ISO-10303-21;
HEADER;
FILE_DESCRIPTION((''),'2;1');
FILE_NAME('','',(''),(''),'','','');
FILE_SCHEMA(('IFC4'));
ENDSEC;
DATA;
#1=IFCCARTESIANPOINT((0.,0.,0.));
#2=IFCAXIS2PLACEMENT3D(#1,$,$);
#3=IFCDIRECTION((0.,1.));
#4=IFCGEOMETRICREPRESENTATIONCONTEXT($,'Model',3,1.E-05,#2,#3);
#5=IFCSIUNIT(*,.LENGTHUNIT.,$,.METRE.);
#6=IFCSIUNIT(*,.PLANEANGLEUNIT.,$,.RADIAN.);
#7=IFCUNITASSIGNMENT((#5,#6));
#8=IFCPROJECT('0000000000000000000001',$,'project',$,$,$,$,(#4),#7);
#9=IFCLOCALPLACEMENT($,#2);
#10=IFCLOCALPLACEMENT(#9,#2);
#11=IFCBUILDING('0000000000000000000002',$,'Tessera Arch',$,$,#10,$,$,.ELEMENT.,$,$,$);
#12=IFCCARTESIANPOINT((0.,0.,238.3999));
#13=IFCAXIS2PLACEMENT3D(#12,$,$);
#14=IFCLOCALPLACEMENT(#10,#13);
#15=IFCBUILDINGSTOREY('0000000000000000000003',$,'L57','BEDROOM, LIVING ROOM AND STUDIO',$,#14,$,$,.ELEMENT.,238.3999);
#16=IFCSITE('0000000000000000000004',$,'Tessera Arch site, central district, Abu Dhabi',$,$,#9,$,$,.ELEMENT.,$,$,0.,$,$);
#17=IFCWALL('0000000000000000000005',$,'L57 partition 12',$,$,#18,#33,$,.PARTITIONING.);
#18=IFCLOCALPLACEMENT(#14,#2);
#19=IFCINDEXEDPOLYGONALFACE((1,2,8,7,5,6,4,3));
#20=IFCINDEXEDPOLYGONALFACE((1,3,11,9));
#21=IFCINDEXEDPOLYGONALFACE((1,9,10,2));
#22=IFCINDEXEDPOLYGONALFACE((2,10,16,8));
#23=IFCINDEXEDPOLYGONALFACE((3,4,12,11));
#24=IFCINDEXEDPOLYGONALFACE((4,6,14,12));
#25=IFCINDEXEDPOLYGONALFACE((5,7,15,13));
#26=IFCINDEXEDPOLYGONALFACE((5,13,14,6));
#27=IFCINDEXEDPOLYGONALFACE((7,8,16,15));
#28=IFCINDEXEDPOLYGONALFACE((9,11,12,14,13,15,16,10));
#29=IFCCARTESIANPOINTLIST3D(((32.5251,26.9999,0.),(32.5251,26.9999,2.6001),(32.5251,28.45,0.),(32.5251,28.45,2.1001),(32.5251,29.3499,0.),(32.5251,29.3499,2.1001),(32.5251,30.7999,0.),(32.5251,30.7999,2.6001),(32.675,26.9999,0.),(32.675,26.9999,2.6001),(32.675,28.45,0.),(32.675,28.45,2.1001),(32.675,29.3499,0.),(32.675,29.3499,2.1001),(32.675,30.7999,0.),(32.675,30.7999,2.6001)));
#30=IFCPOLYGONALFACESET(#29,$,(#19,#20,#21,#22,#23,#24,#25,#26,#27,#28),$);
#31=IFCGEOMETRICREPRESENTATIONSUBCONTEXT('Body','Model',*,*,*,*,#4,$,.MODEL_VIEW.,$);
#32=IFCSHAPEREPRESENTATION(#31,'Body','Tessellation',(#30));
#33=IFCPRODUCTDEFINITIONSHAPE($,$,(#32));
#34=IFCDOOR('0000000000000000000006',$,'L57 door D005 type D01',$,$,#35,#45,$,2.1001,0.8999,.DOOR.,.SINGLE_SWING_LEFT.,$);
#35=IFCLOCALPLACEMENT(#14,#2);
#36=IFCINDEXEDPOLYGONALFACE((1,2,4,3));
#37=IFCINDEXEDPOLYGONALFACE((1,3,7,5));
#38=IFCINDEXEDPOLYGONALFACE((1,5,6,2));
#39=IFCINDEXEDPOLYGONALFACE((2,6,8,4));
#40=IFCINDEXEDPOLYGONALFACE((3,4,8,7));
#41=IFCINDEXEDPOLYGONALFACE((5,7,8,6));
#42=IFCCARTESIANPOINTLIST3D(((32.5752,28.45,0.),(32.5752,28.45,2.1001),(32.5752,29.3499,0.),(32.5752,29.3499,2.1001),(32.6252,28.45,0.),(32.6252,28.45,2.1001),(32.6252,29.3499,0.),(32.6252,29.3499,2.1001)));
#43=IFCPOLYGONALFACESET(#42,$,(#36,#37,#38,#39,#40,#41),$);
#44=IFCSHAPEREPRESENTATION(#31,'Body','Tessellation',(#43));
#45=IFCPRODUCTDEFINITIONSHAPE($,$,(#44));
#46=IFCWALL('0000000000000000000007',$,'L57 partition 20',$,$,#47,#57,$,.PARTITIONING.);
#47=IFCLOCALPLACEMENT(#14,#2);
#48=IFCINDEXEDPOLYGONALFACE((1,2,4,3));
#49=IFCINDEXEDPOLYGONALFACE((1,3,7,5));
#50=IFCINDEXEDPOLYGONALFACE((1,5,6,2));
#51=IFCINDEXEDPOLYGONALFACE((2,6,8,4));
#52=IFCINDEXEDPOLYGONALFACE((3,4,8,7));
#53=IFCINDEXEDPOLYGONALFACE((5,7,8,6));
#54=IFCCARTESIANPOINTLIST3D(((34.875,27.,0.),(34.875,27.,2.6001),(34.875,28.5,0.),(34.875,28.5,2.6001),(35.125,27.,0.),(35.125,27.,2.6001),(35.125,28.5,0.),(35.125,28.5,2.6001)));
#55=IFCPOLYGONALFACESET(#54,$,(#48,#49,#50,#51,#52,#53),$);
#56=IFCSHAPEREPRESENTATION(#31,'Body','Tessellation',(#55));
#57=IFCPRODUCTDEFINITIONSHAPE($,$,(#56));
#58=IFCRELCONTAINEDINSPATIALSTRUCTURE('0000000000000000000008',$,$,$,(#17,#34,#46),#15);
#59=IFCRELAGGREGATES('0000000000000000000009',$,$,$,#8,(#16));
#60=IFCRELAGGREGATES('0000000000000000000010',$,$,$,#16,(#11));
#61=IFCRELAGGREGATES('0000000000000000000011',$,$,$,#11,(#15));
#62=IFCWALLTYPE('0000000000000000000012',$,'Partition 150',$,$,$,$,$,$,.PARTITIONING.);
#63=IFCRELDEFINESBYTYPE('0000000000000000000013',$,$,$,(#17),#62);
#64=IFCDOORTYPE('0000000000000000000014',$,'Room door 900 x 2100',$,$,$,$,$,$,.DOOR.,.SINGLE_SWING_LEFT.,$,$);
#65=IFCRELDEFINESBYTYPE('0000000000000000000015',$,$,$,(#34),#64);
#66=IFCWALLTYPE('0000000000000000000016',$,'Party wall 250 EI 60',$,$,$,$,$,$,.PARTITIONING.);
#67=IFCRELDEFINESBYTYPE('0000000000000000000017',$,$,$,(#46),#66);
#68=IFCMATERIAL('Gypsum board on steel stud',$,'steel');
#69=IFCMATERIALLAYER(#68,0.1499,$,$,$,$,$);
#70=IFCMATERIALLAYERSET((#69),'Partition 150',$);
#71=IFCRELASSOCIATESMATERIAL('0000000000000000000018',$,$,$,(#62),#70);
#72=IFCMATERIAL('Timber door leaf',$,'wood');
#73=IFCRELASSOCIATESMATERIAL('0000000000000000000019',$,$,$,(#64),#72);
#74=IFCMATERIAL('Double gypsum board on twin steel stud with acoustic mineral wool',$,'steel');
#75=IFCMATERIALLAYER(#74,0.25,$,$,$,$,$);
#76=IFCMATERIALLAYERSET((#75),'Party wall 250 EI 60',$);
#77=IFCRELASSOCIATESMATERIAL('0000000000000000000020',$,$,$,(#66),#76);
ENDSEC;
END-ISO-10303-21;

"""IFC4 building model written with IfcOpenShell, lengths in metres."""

from ifc_helpers import new_model, si_unit, direction, frame, frame_2d, origin, place, context, subcontext, project, spatial, rectangle, extrude, material, layer, layer_set, type_object, element, fill, save


model = new_model("IFC4")

# Units and contexts
model_context = context("Model", 3, precision=1e-05, world=origin(), true_north=direction((0.0, 1.0)))
body_context = subcontext(model_context, "Body", "Model", "MODEL_VIEW")
ifc_project = project(units=[si_unit("LENGTHUNIT", "METRE"), si_unit("PLANEANGLEUNIT", "RADIAN")], contexts=[model_context])

# Site, building, storey
site_placement = place(None, origin())
site = spatial("IfcSite", under=ifc_project, at=site_placement, Name="Tessera Arch site, central district, Abu Dhabi", CompositionType="ELEMENT", RefElevation=0.0)
building_placement = place(site_placement, origin())
building = spatial("IfcBuilding", under=site, at=building_placement, Name="Tessera Arch", CompositionType="ELEMENT")
storey_placement = place(building_placement, frame((0.0, 0.0, 238.3999)))
storey = spatial("IfcBuildingStorey", under=building, at=storey_placement, Name="L57", Description="BEDROOM, LIVING ROOM AND STUDIO", CompositionType="ELEMENT", Elevation=238.3999)

# Wall, opening, door
ifc_material_1 = material(Name="Gypsum board on steel stud", Category="steel")
ifc_layer_1 = layer(ifc_material_1, 0.1499)
ifc_layer_set_1 = layer_set([ifc_layer_1], Name="Partition 150")
wall_type_1 = type_object("IfcWallType", Name="Partition 150", PredefinedType="PARTITIONING", material=ifc_layer_set_1)
wall_1_placement = place(storey_placement, frame((32.6001, 27.0, 0.0), z_axis=(0.0, 0.0, 1.0), x_axis=(0.0, 1.0, 0.0)))
wall_1 = element("IfcWall", 1, at=wall_1_placement, inside=storey, type_object=wall_type_1, Name="L57 partition 12", PredefinedType="PARTITIONING", context=body_context, shape_type="SweptSolid", body=[
    extrude(rectangle(XDim=3.8, YDim=0.1499, at=frame_2d((1.8999, 0.0))), origin(), (0.0, 0.0, 1.0), 2.6001),
])
opening_1_placement = place(wall_1_placement, frame((1.45, 0.0, 0.0)))
opening_1 = element("IfcOpeningElement", 2, at=opening_1_placement, cuts=wall_1, PredefinedType="OPENING", context=body_context, shape_type="SweptSolid", body=[
    extrude(rectangle(XDim=0.8999, YDim=2.1001, at=frame_2d((0.45, 1.05))), frame((0.0, 0.085, 0.0), z_axis=(0.0, -1.0, 0.0), x_axis=(1.0, 0.0, 0.0)), (0.0, 0.0, 1.0), 0.1699),
])
ifc_material_2 = material(Name="Timber door leaf", Category="wood")
door_type_1 = type_object("IfcDoorType", Name="Room door 900 x 2100", OperationType="SINGLE_SWING_LEFT", PredefinedType="DOOR", material=ifc_material_2)
door_1_placement = place(opening_1_placement, origin())
door_1 = element("IfcDoor", 3, at=door_1_placement, inside=storey, type_object=door_type_1, Name="L57 door D005 type D01", OperationType="SINGLE_SWING_LEFT", OverallHeight=2.1001, OverallWidth=0.8999, PredefinedType="DOOR", context=body_context, shape_type="SweptSolid", body=[
    extrude(rectangle(XDim=0.8999, YDim=2.1001, at=frame_2d((0.45, 1.05))), frame((0.0, 0.0249, 0.0), z_axis=(0.0, -1.0, 0.0), x_axis=(1.0, 0.0, 0.0)), (0.0, 0.0, 1.0), 0.05),
])
fill(opening_1, door_1)

# Wall
ifc_material_3 = material(Name="Double gypsum board on twin steel stud with acoustic mineral wool", Category="steel")
ifc_layer_2 = layer(ifc_material_3, 0.25)
ifc_layer_set_2 = layer_set([ifc_layer_2], Name="Party wall 250 EI 60")
wall_type_2 = type_object("IfcWallType", Name="Party wall 250 EI 60", PredefinedType="PARTITIONING", material=ifc_layer_set_2)
wall_2_placement = place(storey_placement, frame((35.0, 27.0, 0.0), z_axis=(0.0, 0.0, 1.0), x_axis=(0.0, 1.0, 0.0)))
element("IfcWall", 4, at=wall_2_placement, inside=storey, type_object=wall_type_2, Name="L57 partition 20", PredefinedType="PARTITIONING", context=body_context, shape_type="SweptSolid", body=[
    extrude(rectangle(XDim=1.5, YDim=0.25, at=frame_2d((0.75, 0.0))), origin(), (0.0, 0.0, 1.0), 2.6001),
])

save(model, "model.ifc")
